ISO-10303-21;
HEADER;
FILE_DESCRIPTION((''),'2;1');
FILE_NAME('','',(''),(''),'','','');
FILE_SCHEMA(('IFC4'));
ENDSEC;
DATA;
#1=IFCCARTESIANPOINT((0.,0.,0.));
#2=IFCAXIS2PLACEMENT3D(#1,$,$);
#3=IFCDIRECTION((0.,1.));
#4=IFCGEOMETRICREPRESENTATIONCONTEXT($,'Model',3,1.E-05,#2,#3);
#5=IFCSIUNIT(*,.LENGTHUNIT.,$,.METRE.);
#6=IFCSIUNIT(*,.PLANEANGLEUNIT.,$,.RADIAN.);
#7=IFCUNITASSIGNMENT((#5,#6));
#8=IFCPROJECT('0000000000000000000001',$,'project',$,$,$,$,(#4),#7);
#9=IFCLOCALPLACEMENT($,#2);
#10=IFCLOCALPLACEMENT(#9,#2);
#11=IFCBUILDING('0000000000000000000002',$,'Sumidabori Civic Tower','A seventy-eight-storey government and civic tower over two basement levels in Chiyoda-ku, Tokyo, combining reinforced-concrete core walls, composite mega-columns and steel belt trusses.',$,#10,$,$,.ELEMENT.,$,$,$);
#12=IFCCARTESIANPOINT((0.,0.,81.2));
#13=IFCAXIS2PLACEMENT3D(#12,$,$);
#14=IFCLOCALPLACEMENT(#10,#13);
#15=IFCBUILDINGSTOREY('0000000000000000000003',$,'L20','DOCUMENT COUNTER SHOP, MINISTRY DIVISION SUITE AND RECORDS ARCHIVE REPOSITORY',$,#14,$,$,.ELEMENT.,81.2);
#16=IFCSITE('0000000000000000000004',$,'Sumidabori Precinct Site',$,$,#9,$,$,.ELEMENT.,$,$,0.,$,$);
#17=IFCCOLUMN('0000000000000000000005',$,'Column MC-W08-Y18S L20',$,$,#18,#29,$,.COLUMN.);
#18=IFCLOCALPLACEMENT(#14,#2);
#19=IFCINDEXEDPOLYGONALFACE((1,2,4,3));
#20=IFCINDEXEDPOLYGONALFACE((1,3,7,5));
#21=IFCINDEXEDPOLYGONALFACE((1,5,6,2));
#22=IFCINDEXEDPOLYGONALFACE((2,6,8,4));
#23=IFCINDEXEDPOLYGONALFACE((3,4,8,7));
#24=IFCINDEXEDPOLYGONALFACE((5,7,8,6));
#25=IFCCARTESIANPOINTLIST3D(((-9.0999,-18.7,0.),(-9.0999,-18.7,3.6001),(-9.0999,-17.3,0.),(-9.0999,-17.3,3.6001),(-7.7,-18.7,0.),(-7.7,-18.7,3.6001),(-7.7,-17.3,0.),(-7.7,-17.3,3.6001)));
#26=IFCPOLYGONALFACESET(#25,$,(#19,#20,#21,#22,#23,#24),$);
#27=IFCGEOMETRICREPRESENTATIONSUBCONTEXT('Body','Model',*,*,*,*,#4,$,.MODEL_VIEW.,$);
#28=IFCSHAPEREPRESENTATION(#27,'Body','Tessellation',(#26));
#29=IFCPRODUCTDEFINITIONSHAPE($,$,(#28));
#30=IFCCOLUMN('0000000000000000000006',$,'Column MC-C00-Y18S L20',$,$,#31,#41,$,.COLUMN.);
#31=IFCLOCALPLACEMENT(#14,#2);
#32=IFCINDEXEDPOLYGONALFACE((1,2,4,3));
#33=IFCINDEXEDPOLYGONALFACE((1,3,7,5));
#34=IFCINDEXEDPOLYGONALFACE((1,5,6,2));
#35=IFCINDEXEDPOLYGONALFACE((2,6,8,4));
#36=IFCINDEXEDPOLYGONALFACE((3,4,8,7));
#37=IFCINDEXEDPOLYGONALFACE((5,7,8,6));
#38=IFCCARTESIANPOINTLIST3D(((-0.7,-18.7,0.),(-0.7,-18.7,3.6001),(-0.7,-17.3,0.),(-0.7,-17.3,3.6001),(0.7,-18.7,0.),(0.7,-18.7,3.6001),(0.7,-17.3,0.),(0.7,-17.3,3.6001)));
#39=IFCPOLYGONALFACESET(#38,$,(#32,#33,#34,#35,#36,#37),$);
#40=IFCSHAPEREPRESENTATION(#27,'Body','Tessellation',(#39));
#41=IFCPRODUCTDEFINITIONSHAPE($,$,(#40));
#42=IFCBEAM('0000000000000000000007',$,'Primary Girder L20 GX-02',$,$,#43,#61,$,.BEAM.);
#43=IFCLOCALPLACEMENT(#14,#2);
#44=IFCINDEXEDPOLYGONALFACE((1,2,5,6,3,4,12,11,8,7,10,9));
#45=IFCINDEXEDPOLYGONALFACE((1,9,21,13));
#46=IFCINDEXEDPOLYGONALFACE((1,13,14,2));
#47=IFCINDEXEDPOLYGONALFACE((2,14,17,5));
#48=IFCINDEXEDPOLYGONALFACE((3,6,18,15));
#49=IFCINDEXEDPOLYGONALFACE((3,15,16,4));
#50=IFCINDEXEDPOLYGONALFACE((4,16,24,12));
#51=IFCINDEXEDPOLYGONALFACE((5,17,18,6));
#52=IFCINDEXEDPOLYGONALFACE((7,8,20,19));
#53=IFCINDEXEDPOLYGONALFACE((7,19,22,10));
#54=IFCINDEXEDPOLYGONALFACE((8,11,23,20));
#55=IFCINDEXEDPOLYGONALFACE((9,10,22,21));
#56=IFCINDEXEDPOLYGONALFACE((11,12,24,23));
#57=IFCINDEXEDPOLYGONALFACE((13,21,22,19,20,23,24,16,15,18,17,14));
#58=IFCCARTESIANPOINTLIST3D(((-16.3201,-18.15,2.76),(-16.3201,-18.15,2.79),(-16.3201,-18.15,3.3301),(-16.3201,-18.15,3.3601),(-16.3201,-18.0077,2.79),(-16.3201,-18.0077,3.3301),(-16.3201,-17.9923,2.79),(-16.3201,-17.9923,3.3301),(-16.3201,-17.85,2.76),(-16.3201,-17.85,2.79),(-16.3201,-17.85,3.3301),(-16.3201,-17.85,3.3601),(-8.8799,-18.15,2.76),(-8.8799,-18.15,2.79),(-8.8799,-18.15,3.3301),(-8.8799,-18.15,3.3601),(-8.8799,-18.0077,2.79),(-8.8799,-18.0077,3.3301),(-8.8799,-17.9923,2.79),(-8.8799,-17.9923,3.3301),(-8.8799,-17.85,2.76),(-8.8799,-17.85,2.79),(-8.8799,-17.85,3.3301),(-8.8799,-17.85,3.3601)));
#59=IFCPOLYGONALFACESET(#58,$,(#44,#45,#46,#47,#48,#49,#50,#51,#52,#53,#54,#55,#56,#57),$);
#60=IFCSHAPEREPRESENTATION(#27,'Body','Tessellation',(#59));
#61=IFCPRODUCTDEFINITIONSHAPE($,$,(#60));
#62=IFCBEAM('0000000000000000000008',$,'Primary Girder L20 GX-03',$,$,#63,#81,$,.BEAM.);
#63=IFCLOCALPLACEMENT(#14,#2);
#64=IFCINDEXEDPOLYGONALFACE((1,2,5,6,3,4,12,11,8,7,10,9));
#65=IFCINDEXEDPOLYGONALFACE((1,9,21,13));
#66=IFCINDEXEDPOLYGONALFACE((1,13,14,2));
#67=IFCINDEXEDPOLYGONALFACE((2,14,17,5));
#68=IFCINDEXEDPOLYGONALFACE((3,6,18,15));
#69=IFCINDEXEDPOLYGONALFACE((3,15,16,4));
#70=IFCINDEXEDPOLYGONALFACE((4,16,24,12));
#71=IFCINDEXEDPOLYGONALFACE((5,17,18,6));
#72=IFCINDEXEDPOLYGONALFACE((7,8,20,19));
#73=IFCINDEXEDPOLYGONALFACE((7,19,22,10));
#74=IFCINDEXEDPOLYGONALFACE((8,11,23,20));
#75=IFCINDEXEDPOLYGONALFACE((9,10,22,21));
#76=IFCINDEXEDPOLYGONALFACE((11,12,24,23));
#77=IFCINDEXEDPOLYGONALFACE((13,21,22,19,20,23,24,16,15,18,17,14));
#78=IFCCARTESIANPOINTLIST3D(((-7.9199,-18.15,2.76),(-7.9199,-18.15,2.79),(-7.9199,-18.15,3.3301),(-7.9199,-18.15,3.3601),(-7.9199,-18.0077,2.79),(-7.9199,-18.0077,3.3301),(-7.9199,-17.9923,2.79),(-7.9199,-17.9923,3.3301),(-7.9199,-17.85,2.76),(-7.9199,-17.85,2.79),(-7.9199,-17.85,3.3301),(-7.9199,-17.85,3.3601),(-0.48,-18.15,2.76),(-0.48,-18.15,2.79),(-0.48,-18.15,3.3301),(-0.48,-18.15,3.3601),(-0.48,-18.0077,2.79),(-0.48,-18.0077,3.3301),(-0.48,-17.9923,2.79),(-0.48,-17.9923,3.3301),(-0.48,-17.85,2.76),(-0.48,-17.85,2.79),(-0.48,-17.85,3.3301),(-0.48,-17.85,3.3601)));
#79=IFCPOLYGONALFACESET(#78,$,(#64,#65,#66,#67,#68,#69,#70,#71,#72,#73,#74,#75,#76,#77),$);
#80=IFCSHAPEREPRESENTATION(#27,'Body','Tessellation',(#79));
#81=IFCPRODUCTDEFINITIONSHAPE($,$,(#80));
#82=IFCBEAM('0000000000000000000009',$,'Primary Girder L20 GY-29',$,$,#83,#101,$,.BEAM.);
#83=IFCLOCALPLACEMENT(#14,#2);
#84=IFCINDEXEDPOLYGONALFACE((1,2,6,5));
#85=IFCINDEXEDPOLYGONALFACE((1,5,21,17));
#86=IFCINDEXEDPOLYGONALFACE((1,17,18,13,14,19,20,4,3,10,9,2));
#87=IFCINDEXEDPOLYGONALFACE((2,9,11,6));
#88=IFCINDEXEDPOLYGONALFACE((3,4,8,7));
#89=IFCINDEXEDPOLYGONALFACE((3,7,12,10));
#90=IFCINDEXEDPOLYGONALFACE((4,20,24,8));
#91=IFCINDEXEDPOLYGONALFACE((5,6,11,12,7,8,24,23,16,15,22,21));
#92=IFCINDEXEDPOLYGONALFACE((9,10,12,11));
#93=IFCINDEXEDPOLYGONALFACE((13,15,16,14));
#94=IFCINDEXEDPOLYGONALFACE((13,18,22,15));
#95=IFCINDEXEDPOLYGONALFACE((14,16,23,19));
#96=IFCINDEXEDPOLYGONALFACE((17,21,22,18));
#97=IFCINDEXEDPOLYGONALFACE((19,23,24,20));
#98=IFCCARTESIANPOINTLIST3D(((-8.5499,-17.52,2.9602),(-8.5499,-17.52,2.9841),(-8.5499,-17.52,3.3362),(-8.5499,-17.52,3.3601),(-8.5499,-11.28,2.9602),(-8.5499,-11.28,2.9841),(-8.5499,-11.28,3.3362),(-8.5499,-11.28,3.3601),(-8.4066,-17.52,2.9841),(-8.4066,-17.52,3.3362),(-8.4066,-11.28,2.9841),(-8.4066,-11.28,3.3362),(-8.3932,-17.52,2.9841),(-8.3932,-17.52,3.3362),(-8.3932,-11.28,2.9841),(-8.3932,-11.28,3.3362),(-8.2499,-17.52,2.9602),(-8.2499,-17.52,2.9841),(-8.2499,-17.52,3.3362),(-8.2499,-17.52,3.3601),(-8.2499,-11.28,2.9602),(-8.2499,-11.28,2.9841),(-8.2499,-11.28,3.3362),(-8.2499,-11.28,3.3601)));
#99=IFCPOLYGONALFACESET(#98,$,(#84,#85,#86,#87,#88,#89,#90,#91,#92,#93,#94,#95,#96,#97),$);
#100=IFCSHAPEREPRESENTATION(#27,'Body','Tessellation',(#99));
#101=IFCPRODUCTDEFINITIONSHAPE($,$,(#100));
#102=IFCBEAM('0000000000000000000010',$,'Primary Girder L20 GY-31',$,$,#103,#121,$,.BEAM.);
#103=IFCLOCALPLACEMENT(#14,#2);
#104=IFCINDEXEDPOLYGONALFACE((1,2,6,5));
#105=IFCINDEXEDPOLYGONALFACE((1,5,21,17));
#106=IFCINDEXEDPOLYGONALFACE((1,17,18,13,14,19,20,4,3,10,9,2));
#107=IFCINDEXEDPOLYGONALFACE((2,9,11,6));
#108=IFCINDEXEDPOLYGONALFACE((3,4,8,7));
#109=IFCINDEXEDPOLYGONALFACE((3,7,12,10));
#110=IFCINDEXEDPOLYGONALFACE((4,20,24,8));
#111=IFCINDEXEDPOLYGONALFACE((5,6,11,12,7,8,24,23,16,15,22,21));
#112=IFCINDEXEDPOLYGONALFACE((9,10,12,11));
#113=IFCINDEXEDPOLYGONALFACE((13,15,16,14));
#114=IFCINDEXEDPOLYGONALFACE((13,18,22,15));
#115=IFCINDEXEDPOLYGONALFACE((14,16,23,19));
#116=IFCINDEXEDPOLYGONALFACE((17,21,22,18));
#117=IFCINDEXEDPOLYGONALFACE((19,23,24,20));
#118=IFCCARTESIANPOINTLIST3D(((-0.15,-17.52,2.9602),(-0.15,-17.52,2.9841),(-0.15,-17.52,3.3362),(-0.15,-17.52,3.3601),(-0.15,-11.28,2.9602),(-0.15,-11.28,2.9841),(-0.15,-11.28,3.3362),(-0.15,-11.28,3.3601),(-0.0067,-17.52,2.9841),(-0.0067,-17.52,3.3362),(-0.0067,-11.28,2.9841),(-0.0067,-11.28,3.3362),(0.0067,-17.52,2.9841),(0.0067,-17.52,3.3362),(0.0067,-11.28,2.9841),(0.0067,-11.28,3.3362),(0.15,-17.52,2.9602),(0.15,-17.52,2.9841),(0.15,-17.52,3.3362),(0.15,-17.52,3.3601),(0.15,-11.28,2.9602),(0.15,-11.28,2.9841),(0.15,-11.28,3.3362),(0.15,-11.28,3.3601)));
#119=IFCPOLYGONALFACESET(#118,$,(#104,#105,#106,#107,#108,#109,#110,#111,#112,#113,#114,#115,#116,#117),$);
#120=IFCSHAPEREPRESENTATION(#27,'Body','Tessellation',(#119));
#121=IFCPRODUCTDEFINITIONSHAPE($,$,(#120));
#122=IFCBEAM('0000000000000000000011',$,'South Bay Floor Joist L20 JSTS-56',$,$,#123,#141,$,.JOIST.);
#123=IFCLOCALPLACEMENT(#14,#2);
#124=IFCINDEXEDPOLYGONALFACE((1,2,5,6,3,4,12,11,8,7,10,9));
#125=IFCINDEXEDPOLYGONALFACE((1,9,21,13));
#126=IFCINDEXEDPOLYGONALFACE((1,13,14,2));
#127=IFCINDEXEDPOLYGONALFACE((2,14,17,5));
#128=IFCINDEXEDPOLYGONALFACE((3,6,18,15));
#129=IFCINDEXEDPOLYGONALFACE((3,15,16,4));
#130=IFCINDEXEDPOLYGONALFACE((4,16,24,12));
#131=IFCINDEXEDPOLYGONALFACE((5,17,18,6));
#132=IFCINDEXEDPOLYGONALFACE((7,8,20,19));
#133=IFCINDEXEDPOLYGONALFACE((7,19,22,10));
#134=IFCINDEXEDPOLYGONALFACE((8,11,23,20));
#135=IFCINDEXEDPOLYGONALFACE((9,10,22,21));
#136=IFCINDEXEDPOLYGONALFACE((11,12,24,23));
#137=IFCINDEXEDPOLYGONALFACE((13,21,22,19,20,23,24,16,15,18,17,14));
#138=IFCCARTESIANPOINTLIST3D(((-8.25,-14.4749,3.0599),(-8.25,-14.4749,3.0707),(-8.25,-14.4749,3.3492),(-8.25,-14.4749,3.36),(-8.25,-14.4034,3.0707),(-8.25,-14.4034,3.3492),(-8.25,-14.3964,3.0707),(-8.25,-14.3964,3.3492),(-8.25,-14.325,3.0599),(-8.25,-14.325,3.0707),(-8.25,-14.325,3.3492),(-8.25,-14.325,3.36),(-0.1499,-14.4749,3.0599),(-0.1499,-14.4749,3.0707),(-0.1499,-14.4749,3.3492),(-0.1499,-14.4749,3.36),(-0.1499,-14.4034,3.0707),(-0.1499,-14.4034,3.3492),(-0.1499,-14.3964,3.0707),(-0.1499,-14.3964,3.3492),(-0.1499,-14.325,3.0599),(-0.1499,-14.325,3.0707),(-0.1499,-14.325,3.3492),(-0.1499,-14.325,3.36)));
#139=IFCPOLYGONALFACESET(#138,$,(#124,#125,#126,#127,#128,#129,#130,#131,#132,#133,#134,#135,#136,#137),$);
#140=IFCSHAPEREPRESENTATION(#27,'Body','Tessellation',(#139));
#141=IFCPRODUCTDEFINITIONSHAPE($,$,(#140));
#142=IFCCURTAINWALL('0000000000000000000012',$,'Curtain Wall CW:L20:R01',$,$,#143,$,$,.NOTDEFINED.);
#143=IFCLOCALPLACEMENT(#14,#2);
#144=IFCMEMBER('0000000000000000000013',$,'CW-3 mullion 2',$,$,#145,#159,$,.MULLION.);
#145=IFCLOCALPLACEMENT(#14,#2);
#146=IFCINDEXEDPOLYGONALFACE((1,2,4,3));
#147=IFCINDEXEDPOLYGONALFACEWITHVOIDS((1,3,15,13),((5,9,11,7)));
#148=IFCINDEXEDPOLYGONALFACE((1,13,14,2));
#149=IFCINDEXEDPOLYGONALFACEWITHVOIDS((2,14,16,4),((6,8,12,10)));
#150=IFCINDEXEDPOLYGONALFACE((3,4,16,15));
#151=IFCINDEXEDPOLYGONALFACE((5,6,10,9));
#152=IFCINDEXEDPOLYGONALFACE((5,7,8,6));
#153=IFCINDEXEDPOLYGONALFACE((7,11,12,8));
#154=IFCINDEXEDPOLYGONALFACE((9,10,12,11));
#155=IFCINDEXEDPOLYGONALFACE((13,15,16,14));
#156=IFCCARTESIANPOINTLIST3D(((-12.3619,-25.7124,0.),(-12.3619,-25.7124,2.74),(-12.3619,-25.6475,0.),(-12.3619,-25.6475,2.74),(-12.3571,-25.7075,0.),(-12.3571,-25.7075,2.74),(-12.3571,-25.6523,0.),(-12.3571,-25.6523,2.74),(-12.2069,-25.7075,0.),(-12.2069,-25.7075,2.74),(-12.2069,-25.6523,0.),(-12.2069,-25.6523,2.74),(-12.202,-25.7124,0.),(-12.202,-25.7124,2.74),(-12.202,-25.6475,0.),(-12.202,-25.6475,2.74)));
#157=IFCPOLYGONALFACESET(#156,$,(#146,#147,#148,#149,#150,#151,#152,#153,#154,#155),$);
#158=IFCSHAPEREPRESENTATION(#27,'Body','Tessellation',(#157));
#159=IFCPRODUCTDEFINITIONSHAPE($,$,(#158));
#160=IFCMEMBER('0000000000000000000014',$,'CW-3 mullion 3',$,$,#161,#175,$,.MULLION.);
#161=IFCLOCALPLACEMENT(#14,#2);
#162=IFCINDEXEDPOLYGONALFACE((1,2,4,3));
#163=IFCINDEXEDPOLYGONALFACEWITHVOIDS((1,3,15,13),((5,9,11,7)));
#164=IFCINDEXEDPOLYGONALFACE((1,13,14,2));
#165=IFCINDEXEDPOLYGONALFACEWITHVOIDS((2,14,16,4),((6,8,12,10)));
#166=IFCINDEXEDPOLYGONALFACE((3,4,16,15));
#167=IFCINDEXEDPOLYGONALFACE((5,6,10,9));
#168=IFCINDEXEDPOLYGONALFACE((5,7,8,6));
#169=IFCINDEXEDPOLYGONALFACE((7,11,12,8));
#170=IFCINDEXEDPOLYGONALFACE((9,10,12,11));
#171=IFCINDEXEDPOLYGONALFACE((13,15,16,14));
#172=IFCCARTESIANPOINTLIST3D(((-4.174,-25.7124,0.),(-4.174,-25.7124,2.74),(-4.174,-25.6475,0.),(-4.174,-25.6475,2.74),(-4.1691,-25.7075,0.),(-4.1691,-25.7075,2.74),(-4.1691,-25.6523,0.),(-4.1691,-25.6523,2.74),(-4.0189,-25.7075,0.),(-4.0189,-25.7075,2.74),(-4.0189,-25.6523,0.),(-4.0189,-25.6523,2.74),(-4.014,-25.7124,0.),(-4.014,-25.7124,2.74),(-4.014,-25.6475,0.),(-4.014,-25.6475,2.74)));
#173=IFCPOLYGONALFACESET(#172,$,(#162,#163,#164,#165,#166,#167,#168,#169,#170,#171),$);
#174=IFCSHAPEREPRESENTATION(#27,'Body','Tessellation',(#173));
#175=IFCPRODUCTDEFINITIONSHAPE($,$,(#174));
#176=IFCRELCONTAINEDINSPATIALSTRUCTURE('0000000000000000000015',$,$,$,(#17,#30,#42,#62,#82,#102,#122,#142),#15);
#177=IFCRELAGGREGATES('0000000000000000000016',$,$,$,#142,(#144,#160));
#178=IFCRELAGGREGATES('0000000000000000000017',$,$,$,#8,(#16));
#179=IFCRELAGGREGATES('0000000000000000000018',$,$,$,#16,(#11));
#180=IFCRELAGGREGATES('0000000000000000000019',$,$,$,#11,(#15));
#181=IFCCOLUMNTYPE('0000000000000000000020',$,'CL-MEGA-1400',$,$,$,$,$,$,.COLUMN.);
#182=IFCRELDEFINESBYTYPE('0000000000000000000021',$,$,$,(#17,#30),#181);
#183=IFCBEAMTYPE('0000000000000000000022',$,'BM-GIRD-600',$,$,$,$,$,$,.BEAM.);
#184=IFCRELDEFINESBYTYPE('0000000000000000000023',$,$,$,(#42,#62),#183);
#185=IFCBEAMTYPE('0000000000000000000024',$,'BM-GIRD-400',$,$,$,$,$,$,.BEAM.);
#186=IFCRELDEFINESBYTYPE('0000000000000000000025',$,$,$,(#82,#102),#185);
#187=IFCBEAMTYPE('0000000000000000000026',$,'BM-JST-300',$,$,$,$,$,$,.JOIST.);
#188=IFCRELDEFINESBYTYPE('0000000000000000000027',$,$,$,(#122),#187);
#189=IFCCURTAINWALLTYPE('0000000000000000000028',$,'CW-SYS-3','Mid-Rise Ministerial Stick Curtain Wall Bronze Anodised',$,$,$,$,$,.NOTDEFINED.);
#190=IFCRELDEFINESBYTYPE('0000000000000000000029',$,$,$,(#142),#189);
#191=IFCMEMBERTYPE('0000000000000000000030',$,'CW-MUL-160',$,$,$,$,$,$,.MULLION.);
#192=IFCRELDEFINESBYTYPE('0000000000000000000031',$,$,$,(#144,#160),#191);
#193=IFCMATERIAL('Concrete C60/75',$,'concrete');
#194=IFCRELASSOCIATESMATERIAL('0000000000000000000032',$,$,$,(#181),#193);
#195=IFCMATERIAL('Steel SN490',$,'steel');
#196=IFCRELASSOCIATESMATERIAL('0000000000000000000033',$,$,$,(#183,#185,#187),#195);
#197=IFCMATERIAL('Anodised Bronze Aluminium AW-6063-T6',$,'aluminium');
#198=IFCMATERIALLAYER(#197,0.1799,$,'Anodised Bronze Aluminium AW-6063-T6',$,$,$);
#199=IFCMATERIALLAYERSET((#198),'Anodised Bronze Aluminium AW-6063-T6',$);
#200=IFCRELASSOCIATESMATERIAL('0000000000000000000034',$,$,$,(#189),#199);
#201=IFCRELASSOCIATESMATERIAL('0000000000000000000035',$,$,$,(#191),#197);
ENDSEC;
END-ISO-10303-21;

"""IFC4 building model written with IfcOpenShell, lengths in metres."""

from ifc_helpers import new_model, si_unit, direction, frame, origin, origin_2d, place, context, subcontext, project, spatial, rectangle, hollow_rectangle, i_section, extrude, source, transform, mapped, material, layer, layer_set, material_profile, profile_set, type_object, element, aggregate, save


model = new_model("IFC4")

# Units and contexts
model_context = context("Model", 3, precision=1e-05, world=origin(), true_north=direction((0.0, 1.0)))
body_context = subcontext(model_context, "Body", "Model", "MODEL_VIEW")
ifc_project = project(units=[si_unit("LENGTHUNIT", "METRE"), si_unit("PLANEANGLEUNIT", "RADIAN")], contexts=[model_context])

# Site, building, storey
site_placement = place(None, origin())
site = spatial("IfcSite", under=ifc_project, at=site_placement, Name="Sumidabori Precinct Site", CompositionType="ELEMENT", RefElevation=0.0)
building_placement = place(site_placement, origin())
building = spatial("IfcBuilding", under=site, at=building_placement, Name="Sumidabori Civic Tower", Description="A seventy-eight-storey government and civic tower over two basement levels in Chiyoda-ku, Tokyo, combining reinforced-concrete core walls, composite mega-columns and steel belt trusses.", CompositionType="ELEMENT")
storey_placement = place(building_placement, frame((0.0, 0.0, 81.2)))
storey = spatial("IfcBuildingStorey", under=building, at=storey_placement, Name="L20", Description="DOCUMENT COUNTER SHOP, MINISTRY DIVISION SUITE AND RECORDS ARCHIVE REPOSITORY", CompositionType="ELEMENT", Elevation=81.2)

# Columns
ifc_material_1 = material(Name="Concrete C60/75", Category="concrete")
ifc_material_profile_1 = material_profile(ifc_material_1, rectangle(XDim=1.3999, YDim=1.3999, at=origin_2d()), Name="RC 1400x1400")
ifc_profile_set_1 = profile_set([ifc_material_profile_1], Name="Concrete C60/75")
column_type = type_object("IfcColumnType", Name="CL-MEGA-1400", PredefinedType="COLUMN", material=ifc_profile_set_1)
shared_shape_1 = source(origin(), body_context, "Body", "SweptSolid", [
    extrude(rectangle(XDim=1.3999, YDim=1.3999, at=origin_2d()), origin(), (0.0, 0.0, 1.0), 3.6001),
])
for number, where, z_axis, x_axis, name in (
    (1, (-8.3999, -18.0, 0.0), (0.0, 0.0, 1.0), (1.0, 0.0, 0.0), "Column MC-W08-Y18S L20"),
    (2, (0.0, -18.0, 0.0), (0.0, 0.0, 1.0), (1.0, 0.0, 0.0), "Column MC-C00-Y18S L20"),
):
    element("IfcColumn", number, at=place(storey_placement, frame(where, z_axis=z_axis, x_axis=x_axis)), inside=storey, type_object=column_type, Name=name, PredefinedType="COLUMN", context=body_context, shape_type="MappedRepresentation", body=[
        mapped(shared_shape_1, transform((0.0, 0.0, 0.0), x_axis=(1.0, 0.0, 0.0), y_axis=(0.0, 1.0, 0.0), z_axis=(0.0, 0.0, 1.0), scale=1.0)),
    ])

# Beams
ifc_material_2 = material(Name="Steel SN490", Category="steel")
ifc_material_profile_2 = material_profile(ifc_material_2, i_section(OverallWidth=0.3, OverallDepth=0.6001, WebThickness=0.0154, FlangeThickness=0.03, at=origin_2d()), Name="HE 600 B")
ifc_profile_set_2 = profile_set([ifc_material_profile_2], Name="Steel SN490")
beam_type_1 = type_object("IfcBeamType", Name="BM-GIRD-600", PredefinedType="BEAM", material=ifc_profile_set_2)
shared_shape_2 = source(origin(), body_context, "Body", "SweptSolid", [
    extrude(i_section(OverallWidth=0.3, OverallDepth=0.6001, WebThickness=0.0154, FlangeThickness=0.03, at=origin_2d()), origin(), (0.0, 0.0, 1.0), 7.4402),
])
beam_1_placement = place(storey_placement, frame((-16.3201, -18.0, 3.0601), z_axis=(1.0, 0.0, 0.0), x_axis=(0.0, 1.0, 0.0)))
element("IfcBeam", 3, at=beam_1_placement, inside=storey, type_object=beam_type_1, Name="Primary Girder L20 GX-02", PredefinedType="BEAM", context=body_context, shape_type="MappedRepresentation", body=[
    mapped(shared_shape_2, transform((0.0, 0.0, 0.0), x_axis=(1.0, 0.0, 0.0), y_axis=(0.0, 1.0, 0.0), z_axis=(0.0, 0.0, 1.0), scale=1.0)),
])
shared_shape_3 = source(origin(), body_context, "Body", "SweptSolid", [
    extrude(i_section(OverallWidth=0.3, OverallDepth=0.6001, WebThickness=0.0154, FlangeThickness=0.03, at=origin_2d()), origin(), (0.0, 0.0, 1.0), 7.4399),
])
beam_2_placement = place(storey_placement, frame((-7.9199, -18.0, 3.0601), z_axis=(1.0, 0.0, 0.0), x_axis=(0.0, 1.0, 0.0)))
element("IfcBeam", 4, at=beam_2_placement, inside=storey, type_object=beam_type_1, Name="Primary Girder L20 GX-03", PredefinedType="BEAM", context=body_context, shape_type="MappedRepresentation", body=[
    mapped(shared_shape_3, transform((0.0, 0.0, 0.0), x_axis=(1.0, 0.0, 0.0), y_axis=(0.0, 1.0, 0.0), z_axis=(0.0, 0.0, 1.0), scale=1.0)),
])
ifc_material_profile_3 = material_profile(ifc_material_2, i_section(OverallWidth=0.3, OverallDepth=0.3999, WebThickness=0.0134, FlangeThickness=0.0239, at=origin_2d()), Name="HE 400 B")
ifc_profile_set_3 = profile_set([ifc_material_profile_3], Name="Steel SN490")
beam_type_2 = type_object("IfcBeamType", Name="BM-GIRD-400", PredefinedType="BEAM", material=ifc_profile_set_3)
shared_shape_4 = source(origin(), body_context, "Body", "SweptSolid", [
    extrude(i_section(OverallWidth=0.3, OverallDepth=0.3999, WebThickness=0.0134, FlangeThickness=0.0239, at=origin_2d()), origin(), (0.0, 0.0, 1.0), 6.24),
])
for number, where, z_axis, x_axis, name in (
    (5, (-8.3999, -17.52, 3.1602), (0.0, 1.0, 0.0), (-1.0, 0.0, 0.0), "Primary Girder L20 GY-29"),
    (6, (0.0, -17.52, 3.1602), (0.0, 1.0, 0.0), (-1.0, 0.0, 0.0), "Primary Girder L20 GY-31"),
):
    element("IfcBeam", number, at=place(storey_placement, frame(where, z_axis=z_axis, x_axis=x_axis)), inside=storey, type_object=beam_type_2, Name=name, PredefinedType="BEAM", context=body_context, shape_type="MappedRepresentation", body=[
        mapped(shared_shape_4, transform((0.0, 0.0, 0.0), x_axis=(1.0, 0.0, 0.0), y_axis=(0.0, 1.0, 0.0), z_axis=(0.0, 0.0, 1.0), scale=1.0)),
    ])
ifc_material_profile_4 = material_profile(ifc_material_2, i_section(OverallWidth=0.1499, OverallDepth=0.3, WebThickness=0.0071, FlangeThickness=0.0107, at=origin_2d()), Name="IPE 300")
ifc_profile_set_4 = profile_set([ifc_material_profile_4], Name="Steel SN490")
beam_type_3 = type_object("IfcBeamType", Name="BM-JST-300", PredefinedType="JOIST", material=ifc_profile_set_4)
shared_shape_5 = source(origin(), body_context, "Body", "SweptSolid", [
    extrude(i_section(OverallWidth=0.1499, OverallDepth=0.3, WebThickness=0.0071, FlangeThickness=0.0107, at=origin_2d()), origin(), (0.0, 0.0, 1.0), 8.1001),
])
beam_3_placement = place(storey_placement, frame((-8.25, -14.3999, 3.21), z_axis=(1.0, 0.0, 0.0), x_axis=(0.0, 1.0, 0.0)))
element("IfcBeam", 7, at=beam_3_placement, inside=storey, type_object=beam_type_3, Name="South Bay Floor Joist L20 JSTS-56", PredefinedType="JOIST", context=body_context, shape_type="MappedRepresentation", body=[
    mapped(shared_shape_5, transform((0.0, 0.0, 0.0), x_axis=(1.0, 0.0, 0.0), y_axis=(0.0, 1.0, 0.0), z_axis=(0.0, 0.0, 1.0), scale=1.0)),
])

# Curtain wall, members
ifc_material_3 = material(Name="Anodised Bronze Aluminium AW-6063-T6", Category="aluminium")
ifc_layer_1 = layer(ifc_material_3, 0.1799, Name="Anodised Bronze Aluminium AW-6063-T6")
ifc_layer_set_1 = layer_set([ifc_layer_1], Name="Anodised Bronze Aluminium AW-6063-T6")
curtain_wall_type = type_object("IfcCurtainWallType", Name="CW-SYS-3", Description="Mid-Rise Ministerial Stick Curtain Wall Bronze Anodised", PredefinedType="NOTDEFINED", material=ifc_layer_set_1)
curtain_wall_placement = place(storey_placement, origin())
curtain_wall = element("IfcCurtainWall", 8, at=curtain_wall_placement, inside=storey, type_object=curtain_wall_type, Name="Curtain Wall CW:L20:R01", PredefinedType="NOTDEFINED")
ifc_material_profile_5 = material_profile(ifc_material_3, hollow_rectangle(XDim=0.0649, YDim=0.1599, WallThickness=0.0049, at=origin_2d()), Name="ALU MULLION 160x65")
ifc_profile_set_5 = profile_set([ifc_material_profile_5], Name="Anodised Bronze Aluminium AW-6063-T6")
member_type_1 = type_object("IfcMemberType", Name="CW-MUL-160", PredefinedType="MULLION", material=ifc_profile_set_5)
shared_shape_6 = source(origin(), body_context, "Body", "SweptSolid", [
    extrude(hollow_rectangle(XDim=0.0649, YDim=0.1599, WallThickness=0.0049, at=origin_2d()), origin(), (0.0, 0.0, 1.0), 2.74),
])
member_1_placement = place(storey_placement, frame((-12.282, -25.6799, 0.0), z_axis=(0.0, 0.0, 1.0), x_axis=(0.0, 1.0, 0.0)))
member_1 = element("IfcMember", 9, at=member_1_placement, type_object=member_type_1, Name="CW-3 mullion 2", PredefinedType="MULLION", context=body_context, shape_type="MappedRepresentation", body=[
    mapped(shared_shape_6, transform((0.0, 0.0, 0.0), x_axis=(1.0, 0.0, 0.0), y_axis=(0.0, 1.0, 0.0), z_axis=(0.0, 0.0, 1.0), scale=1.0)),
])
member_2_placement = place(storey_placement, frame((-4.094, -25.6799, 0.0), z_axis=(0.0, 0.0, 1.0), x_axis=(0.0, 1.0, 0.0)))
member_2 = element("IfcMember", 10, at=member_2_placement, type_object=member_type_1, Name="CW-3 mullion 3", PredefinedType="MULLION", context=body_context, shape_type="MappedRepresentation", body=[
    mapped(shared_shape_6, transform((0.0, 0.0, 0.0), x_axis=(1.0, 0.0, 0.0), y_axis=(0.0, 1.0, 0.0), z_axis=(0.0, 0.0, 1.0), scale=1.0)),
])
aggregate(curtain_wall, [member_1, member_2])

save(model, "model.ifc")
